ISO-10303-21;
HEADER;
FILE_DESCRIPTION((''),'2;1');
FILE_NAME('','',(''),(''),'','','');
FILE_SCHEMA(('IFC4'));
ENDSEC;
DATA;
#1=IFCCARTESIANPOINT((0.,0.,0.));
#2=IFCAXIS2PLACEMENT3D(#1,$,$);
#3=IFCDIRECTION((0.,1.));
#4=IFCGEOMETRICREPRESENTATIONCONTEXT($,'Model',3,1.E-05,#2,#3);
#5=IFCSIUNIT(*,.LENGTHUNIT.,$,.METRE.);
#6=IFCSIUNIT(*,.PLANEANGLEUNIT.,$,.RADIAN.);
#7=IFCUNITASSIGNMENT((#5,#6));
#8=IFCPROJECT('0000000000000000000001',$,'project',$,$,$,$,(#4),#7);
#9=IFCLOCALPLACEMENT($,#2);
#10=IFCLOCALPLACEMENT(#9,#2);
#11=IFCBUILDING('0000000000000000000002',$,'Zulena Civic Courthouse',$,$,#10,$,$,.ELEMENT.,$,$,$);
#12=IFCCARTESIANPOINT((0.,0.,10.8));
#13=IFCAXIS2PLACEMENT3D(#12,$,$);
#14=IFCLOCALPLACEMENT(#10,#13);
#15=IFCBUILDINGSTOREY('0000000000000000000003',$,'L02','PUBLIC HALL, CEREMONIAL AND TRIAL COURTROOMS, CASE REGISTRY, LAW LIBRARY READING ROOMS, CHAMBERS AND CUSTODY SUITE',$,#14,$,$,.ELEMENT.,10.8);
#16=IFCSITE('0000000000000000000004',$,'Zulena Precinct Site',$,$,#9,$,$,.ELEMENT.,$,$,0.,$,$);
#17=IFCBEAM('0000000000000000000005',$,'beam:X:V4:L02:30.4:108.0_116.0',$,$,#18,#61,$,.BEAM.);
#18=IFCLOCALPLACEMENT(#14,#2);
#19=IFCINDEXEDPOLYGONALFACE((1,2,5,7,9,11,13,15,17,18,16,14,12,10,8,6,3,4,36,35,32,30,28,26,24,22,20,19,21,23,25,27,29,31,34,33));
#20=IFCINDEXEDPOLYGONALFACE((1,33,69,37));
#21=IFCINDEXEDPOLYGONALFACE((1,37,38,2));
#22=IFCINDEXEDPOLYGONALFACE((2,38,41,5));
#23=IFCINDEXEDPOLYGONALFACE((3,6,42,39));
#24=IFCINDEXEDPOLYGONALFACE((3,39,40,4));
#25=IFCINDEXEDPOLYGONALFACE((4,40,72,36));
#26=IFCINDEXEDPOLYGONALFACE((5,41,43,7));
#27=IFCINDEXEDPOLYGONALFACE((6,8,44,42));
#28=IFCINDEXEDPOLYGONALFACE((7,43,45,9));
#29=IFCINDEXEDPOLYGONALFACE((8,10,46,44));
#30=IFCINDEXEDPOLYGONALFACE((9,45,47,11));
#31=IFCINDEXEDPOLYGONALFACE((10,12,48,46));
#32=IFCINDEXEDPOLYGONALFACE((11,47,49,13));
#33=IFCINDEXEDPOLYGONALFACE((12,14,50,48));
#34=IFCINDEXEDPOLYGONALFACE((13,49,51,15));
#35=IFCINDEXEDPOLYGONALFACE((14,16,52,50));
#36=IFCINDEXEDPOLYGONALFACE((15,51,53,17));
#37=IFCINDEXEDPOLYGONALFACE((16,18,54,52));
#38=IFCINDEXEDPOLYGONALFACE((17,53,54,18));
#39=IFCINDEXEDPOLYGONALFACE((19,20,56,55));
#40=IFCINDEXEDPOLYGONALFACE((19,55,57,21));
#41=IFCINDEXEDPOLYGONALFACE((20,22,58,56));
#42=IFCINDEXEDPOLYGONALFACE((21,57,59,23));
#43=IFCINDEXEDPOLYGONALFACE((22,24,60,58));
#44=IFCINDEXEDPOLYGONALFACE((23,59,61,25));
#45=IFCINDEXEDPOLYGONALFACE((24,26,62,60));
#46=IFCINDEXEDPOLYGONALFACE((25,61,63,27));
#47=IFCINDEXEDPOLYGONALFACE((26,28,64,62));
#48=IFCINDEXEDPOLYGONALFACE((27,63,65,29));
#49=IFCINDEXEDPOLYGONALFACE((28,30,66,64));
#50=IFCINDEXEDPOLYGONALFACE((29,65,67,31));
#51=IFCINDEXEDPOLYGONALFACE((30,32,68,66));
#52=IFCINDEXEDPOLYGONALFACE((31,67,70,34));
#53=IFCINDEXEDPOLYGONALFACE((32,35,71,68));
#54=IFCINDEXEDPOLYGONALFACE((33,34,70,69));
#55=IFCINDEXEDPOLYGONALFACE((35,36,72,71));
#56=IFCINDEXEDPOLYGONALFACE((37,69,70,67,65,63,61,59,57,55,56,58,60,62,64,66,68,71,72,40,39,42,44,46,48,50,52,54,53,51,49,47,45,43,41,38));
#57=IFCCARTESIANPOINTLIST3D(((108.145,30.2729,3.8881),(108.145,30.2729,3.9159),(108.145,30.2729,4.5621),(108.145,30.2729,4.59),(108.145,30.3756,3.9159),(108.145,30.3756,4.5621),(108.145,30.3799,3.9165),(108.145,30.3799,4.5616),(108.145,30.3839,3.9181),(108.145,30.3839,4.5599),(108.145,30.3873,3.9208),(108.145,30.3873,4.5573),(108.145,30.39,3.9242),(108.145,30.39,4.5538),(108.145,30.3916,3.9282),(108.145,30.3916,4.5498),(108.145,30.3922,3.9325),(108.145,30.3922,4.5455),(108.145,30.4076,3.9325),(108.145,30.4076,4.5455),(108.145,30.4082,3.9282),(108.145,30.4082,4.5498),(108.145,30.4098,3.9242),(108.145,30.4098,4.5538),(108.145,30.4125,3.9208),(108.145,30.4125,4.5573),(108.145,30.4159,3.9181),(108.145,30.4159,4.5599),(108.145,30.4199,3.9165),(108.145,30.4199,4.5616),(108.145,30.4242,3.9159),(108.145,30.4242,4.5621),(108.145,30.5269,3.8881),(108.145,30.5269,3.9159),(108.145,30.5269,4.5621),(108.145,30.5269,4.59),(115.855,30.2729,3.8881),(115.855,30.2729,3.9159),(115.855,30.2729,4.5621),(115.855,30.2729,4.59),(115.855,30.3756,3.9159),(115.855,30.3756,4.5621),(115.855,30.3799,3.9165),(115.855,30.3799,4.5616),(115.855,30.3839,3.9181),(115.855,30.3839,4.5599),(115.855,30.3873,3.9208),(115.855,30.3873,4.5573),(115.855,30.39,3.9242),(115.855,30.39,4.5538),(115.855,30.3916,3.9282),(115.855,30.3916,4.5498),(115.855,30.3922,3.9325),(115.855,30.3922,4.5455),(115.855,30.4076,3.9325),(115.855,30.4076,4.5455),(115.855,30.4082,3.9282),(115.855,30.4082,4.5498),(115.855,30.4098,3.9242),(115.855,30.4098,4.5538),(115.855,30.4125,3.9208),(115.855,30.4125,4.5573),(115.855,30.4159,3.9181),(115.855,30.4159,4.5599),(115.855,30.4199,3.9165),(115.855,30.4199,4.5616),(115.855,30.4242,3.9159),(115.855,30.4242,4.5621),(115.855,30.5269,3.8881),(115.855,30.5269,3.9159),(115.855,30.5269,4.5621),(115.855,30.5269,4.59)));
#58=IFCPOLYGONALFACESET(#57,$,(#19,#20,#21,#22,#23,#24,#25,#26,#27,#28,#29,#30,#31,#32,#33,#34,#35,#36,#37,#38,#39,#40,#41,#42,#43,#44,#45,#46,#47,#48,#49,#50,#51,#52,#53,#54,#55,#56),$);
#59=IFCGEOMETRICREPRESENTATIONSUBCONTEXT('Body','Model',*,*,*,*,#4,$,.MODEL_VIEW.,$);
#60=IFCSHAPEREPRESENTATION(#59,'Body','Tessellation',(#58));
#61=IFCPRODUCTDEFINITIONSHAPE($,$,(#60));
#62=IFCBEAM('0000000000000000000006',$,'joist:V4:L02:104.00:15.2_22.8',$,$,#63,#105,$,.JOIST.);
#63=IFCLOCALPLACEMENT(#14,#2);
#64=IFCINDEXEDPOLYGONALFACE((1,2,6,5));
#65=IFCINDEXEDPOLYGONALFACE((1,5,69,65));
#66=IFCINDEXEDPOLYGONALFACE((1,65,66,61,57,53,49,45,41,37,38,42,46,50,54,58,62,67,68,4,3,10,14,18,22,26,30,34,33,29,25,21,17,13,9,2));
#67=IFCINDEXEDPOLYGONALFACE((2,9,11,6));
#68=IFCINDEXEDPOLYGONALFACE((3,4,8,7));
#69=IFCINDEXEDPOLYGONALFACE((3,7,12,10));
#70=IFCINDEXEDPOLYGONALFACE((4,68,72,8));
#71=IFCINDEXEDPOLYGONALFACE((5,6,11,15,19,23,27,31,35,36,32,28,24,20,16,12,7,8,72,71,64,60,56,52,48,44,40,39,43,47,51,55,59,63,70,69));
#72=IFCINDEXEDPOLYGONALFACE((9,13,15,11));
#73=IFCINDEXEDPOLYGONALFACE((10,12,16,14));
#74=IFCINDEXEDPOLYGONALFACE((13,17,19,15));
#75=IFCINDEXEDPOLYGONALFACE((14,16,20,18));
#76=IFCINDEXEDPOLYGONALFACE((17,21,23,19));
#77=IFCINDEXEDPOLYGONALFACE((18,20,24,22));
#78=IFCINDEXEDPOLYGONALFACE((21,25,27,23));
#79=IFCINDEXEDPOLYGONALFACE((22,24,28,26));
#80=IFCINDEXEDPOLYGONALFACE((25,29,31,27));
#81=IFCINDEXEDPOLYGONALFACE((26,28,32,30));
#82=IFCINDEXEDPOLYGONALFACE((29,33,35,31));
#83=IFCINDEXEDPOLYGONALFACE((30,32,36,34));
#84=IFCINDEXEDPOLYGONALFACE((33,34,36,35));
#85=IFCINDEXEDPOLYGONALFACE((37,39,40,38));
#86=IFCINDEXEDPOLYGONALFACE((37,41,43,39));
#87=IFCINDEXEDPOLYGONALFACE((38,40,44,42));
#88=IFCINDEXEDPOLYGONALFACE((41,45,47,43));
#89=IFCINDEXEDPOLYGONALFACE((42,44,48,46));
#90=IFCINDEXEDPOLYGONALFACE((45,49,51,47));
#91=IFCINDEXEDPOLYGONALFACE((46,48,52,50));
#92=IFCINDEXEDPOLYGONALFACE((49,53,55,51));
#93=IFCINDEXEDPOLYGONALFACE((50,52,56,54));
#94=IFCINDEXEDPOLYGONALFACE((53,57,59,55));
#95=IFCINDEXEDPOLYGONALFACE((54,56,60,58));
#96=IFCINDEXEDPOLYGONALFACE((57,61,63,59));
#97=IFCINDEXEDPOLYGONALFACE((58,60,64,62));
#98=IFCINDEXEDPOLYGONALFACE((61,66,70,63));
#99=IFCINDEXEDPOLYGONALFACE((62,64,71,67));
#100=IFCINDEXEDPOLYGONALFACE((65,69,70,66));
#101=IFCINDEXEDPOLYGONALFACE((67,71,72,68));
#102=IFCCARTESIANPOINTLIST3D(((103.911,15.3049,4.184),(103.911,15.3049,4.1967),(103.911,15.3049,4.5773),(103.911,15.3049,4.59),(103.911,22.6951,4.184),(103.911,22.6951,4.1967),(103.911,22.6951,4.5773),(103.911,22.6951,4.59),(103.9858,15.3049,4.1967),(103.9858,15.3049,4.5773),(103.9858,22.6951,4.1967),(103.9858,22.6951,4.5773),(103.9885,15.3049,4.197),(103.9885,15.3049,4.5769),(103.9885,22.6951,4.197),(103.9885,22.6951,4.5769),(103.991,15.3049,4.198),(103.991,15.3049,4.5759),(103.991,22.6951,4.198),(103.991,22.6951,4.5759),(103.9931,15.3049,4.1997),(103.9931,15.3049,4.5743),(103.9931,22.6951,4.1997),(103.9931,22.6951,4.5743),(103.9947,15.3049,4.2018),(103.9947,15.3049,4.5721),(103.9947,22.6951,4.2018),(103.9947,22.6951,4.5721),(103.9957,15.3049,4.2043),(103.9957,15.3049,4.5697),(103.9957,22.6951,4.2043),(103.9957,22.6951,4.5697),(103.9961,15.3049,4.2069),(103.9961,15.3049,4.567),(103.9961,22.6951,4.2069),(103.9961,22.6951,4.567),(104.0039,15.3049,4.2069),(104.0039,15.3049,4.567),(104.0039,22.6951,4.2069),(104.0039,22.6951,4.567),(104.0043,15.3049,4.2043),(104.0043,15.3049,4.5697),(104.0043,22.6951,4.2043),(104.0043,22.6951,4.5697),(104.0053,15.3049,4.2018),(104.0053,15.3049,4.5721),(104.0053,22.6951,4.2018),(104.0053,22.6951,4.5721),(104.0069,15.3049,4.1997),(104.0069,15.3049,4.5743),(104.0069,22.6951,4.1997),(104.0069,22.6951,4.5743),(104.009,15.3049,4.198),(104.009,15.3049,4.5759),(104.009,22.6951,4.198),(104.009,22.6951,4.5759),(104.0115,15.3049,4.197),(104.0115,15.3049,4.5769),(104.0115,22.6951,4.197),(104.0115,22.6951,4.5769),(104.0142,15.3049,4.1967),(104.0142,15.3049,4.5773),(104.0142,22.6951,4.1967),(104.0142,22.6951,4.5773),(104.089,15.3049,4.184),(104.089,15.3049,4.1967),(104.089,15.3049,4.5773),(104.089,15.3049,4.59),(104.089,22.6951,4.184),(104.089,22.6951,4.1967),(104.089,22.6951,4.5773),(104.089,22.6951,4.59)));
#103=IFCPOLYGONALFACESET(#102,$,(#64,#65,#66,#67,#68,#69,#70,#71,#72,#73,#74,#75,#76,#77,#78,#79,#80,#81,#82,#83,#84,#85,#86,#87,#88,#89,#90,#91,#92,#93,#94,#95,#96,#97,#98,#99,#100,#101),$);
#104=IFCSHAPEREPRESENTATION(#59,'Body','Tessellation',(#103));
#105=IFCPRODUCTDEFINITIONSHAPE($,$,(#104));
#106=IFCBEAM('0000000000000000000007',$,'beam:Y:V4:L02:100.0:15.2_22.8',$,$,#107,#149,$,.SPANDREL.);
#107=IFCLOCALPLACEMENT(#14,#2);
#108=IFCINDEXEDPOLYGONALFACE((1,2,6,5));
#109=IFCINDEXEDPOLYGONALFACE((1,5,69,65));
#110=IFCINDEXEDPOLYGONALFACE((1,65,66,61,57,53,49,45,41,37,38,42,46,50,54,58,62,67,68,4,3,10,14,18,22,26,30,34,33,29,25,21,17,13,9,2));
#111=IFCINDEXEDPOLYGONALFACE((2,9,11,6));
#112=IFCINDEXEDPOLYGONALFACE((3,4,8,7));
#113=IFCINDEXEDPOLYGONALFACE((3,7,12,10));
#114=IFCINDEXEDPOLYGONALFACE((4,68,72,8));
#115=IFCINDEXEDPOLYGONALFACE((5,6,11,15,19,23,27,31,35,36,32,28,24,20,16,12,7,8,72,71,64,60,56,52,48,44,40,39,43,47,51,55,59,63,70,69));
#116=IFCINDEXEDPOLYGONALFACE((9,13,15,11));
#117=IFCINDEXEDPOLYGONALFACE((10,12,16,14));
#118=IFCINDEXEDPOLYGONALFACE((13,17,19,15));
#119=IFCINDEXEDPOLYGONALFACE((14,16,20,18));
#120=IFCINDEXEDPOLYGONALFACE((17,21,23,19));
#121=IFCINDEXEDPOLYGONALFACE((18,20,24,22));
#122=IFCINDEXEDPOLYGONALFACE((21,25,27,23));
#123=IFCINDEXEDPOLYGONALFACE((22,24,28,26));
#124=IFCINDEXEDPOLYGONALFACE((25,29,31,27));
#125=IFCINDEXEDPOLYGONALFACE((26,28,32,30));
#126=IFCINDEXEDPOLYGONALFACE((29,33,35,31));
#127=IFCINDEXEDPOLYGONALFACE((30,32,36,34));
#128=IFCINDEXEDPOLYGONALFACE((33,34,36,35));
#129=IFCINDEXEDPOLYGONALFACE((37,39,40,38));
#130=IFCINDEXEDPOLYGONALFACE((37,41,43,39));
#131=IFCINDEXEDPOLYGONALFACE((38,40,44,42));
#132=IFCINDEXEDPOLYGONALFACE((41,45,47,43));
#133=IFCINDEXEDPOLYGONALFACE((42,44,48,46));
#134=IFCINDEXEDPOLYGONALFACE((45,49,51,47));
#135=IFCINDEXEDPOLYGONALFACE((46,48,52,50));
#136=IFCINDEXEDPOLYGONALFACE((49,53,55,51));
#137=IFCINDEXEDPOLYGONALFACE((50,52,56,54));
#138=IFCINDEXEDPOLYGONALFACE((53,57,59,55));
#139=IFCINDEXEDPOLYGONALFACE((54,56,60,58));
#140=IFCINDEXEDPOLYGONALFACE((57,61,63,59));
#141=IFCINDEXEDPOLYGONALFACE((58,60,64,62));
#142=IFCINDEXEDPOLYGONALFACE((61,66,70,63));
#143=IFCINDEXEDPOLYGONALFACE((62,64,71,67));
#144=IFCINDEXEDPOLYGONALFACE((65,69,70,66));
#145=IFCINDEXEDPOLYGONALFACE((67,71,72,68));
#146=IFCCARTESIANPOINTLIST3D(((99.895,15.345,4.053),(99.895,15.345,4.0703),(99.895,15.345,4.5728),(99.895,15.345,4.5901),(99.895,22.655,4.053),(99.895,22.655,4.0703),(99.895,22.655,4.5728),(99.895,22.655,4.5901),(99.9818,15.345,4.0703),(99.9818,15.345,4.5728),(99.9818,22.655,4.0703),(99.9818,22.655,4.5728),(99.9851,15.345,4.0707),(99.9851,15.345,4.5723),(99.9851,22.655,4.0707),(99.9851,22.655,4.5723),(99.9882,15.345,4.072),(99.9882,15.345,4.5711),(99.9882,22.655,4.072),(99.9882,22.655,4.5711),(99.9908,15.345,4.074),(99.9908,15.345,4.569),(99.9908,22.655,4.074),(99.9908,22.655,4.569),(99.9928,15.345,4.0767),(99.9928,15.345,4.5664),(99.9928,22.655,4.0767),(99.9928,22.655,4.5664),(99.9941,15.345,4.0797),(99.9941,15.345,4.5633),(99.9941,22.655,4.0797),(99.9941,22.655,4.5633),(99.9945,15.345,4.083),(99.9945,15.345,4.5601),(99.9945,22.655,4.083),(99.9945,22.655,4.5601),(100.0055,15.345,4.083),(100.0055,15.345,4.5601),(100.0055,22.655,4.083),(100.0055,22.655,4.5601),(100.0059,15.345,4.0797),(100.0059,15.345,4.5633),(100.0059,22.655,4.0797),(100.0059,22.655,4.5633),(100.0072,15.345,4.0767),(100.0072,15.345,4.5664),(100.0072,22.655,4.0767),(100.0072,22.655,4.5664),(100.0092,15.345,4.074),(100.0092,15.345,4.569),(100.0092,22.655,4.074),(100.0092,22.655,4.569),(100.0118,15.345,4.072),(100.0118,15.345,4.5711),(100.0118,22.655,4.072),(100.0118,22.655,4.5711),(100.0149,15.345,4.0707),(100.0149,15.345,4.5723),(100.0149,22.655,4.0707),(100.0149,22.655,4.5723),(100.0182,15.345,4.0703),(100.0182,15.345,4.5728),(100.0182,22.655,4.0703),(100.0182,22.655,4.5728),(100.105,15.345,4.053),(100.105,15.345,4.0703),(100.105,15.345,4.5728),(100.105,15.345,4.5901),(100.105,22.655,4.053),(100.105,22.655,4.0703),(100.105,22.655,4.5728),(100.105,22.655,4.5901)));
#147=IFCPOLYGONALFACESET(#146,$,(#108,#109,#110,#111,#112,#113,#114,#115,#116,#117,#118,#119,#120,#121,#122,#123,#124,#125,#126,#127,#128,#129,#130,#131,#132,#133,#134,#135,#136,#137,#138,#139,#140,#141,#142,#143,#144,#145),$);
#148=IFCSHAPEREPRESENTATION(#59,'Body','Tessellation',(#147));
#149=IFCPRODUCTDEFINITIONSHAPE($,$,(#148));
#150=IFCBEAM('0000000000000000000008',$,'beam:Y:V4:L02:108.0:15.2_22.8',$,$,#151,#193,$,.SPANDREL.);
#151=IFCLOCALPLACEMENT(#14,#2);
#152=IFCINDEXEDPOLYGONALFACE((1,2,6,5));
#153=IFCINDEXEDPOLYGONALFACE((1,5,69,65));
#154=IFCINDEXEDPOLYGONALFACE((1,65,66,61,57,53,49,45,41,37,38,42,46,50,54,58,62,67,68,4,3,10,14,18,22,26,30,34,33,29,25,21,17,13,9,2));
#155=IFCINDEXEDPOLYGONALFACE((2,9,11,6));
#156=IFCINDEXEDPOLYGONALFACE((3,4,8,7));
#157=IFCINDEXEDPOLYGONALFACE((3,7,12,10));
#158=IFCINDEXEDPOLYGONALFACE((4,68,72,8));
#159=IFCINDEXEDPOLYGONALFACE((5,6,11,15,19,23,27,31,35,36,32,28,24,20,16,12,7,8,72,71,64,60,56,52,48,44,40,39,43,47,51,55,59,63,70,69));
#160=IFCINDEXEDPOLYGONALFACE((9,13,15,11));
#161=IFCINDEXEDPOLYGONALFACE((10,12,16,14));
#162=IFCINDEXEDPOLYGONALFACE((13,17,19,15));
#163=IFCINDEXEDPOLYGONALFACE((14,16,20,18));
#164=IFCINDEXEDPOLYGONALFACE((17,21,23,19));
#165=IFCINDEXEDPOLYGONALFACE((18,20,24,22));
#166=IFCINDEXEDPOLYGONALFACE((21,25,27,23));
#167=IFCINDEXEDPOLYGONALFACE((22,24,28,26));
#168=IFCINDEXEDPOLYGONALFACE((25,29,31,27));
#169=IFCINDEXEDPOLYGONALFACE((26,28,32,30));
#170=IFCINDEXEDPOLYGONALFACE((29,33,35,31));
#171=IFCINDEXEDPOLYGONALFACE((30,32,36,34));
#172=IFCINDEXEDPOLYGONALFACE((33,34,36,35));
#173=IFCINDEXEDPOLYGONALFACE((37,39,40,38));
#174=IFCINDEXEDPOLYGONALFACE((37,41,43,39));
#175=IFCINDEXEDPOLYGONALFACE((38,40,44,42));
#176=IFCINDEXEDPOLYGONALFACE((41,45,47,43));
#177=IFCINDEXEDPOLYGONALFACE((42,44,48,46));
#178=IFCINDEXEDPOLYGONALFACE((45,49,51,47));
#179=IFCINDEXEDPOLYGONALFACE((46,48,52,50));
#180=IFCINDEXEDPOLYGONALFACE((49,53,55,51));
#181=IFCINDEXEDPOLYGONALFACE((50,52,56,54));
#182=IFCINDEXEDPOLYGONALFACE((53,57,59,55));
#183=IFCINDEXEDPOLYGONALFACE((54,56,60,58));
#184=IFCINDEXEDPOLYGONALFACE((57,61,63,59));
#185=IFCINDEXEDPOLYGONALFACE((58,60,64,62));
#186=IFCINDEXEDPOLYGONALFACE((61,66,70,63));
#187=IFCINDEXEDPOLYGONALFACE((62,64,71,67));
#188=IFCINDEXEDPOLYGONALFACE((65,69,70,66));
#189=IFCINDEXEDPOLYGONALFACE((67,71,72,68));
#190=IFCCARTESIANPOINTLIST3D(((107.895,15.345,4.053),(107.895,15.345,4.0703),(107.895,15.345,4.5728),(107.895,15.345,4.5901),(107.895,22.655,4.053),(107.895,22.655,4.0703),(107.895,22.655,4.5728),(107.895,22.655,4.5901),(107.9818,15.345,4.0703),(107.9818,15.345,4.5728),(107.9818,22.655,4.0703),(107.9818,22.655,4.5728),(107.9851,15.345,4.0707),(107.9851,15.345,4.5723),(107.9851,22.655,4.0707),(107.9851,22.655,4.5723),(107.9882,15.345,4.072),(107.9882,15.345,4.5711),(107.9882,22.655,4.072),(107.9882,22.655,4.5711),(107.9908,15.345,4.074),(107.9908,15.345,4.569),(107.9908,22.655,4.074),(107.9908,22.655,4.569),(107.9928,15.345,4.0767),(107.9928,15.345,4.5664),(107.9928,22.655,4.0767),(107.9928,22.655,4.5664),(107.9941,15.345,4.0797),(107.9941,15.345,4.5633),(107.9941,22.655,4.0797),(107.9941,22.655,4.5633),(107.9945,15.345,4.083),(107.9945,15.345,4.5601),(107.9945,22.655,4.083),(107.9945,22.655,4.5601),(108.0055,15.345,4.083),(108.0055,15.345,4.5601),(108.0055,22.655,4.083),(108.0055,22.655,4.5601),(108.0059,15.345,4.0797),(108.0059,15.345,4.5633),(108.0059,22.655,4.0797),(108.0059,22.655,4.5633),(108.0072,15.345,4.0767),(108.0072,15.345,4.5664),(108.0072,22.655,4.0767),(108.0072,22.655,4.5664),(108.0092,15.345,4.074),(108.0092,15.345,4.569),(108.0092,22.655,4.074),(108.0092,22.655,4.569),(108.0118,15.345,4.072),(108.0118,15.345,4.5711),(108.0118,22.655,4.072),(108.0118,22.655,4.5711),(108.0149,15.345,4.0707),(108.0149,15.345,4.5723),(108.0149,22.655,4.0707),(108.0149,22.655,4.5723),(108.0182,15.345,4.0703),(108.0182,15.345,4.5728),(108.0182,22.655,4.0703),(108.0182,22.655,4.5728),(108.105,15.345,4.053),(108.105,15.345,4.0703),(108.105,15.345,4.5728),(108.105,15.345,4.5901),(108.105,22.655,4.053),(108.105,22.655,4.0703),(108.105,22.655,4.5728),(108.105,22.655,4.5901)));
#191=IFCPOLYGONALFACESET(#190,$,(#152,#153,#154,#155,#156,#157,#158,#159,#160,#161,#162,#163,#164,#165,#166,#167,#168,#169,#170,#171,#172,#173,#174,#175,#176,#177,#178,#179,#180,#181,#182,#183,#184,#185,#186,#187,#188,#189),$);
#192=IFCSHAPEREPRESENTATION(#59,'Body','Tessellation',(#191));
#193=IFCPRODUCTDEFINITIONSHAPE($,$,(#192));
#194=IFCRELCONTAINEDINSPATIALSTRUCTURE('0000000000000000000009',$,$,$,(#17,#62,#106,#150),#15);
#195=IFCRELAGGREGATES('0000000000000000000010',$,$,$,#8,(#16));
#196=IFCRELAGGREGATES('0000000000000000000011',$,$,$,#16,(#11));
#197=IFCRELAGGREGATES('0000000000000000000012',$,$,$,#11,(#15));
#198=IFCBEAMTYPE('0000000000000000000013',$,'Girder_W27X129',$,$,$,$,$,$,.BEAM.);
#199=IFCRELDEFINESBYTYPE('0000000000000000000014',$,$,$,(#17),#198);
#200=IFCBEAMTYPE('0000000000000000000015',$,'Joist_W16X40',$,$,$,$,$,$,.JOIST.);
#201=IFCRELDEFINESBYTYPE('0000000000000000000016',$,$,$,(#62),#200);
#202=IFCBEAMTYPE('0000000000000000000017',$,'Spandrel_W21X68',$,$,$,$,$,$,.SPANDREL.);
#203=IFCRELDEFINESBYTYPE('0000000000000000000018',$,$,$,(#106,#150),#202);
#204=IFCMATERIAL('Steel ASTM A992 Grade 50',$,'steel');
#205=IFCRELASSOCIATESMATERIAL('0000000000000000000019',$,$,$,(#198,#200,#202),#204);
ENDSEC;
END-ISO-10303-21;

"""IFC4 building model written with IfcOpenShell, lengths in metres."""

from ifc_helpers import new_model, si_unit, direction, frame, origin, origin_2d, place, context, subcontext, project, spatial, i_section, extrude, material, material_profile, profile_set, type_object, element, save


model = new_model("IFC4")

# Units and contexts
model_context = context("Model", 3, precision=1e-05, world=origin(), true_north=direction((0.0, 1.0)))
body_context = subcontext(model_context, "Body", "Model", "MODEL_VIEW")
ifc_project = project(units=[si_unit("LENGTHUNIT", "METRE"), si_unit("PLANEANGLEUNIT", "RADIAN")], contexts=[model_context])

# Site, building, storey
site_placement = place(None, origin())
site = spatial("IfcSite", under=ifc_project, at=site_placement, Name="Zulena Precinct Site", CompositionType="ELEMENT", RefElevation=0.0)
building_placement = place(site_placement, origin())
building = spatial("IfcBuilding", under=site, at=building_placement, Name="Zulena Civic Courthouse", CompositionType="ELEMENT")
storey_placement = place(building_placement, frame((0.0, 0.0, 10.8)))
storey = spatial("IfcBuildingStorey", under=building, at=storey_placement, Name="L02", Description="PUBLIC HALL, CEREMONIAL AND TRIAL COURTROOMS, CASE REGISTRY, LAW LIBRARY READING ROOMS, CHAMBERS AND CUSTODY SUITE", CompositionType="ELEMENT", Elevation=10.8)

# Shared definitions
ifc_material_1 = material(Name="Steel ASTM A992 Grade 50", Category="steel")

# Beams
ifc_material_profile_1 = material_profile(ifc_material_1, i_section(OverallWidth=0.2539, OverallDepth=0.7019, WebThickness=0.0154, FlangeThickness=0.0278, FilletRadius=0.0166, at=origin_2d()), Name="W27X129")
ifc_profile_set_1 = profile_set([ifc_material_profile_1], Name="Steel ASTM A992 Grade 50")
beam_type_1 = type_object("IfcBeamType", Name="Girder_W27X129", PredefinedType="BEAM", material=ifc_profile_set_1)
for number, where, z_axis, x_axis, name in (
    (1, (108.145, 30.3999, 4.239), (1.0, 0.0, 0.0), (0.0, 1.0, 0.0), "beam:X:V4:L02:30.4:108.0_116.0"),
):
    element("IfcBeam", number, at=place(storey_placement, frame(where, z_axis=z_axis, x_axis=x_axis)), inside=storey, type_object=beam_type_1, Name=name, PredefinedType="BEAM", context=body_context, shape_type="SweptSolid", body=[
        extrude(i_section(OverallWidth=0.2539, OverallDepth=0.7019, WebThickness=0.0154, FlangeThickness=0.0278, FilletRadius=0.0166, at=origin_2d()), origin(), (0.0, 0.0, 1.0), 7.71),
    ])
ifc_material_profile_2 = material_profile(ifc_material_1, i_section(OverallWidth=0.178, OverallDepth=0.406, WebThickness=0.0078, FlangeThickness=0.0127, FilletRadius=0.0103, at=origin_2d()), Name="W16X40")
ifc_profile_set_2 = profile_set([ifc_material_profile_2], Name="Steel ASTM A992 Grade 50")
beam_type_2 = type_object("IfcBeamType", Name="Joist_W16X40", PredefinedType="JOIST", material=ifc_profile_set_2)
beam_1_placement = place(storey_placement, frame((104.0, 15.3049, 4.387), z_axis=(0.0, 1.0, 0.0), x_axis=(-1.0, 0.0, 0.0)))
element("IfcBeam", 2, at=beam_1_placement, inside=storey, type_object=beam_type_2, Name="joist:V4:L02:104.00:15.2_22.8", PredefinedType="JOIST", context=body_context, shape_type="SweptSolid", body=[
    extrude(i_section(OverallWidth=0.178, OverallDepth=0.406, WebThickness=0.0078, FlangeThickness=0.0127, FilletRadius=0.0103, at=origin_2d()), origin(), (0.0, 0.0, 1.0), 7.3901),
])
ifc_material_profile_3 = material_profile(ifc_material_1, i_section(OverallWidth=0.21, OverallDepth=0.5371, WebThickness=0.011, FlangeThickness=0.0173, FilletRadius=0.0127, at=origin_2d()), Name="W21X68")
ifc_profile_set_3 = profile_set([ifc_material_profile_3], Name="Steel ASTM A992 Grade 50")
beam_type_3 = type_object("IfcBeamType", Name="Spandrel_W21X68", PredefinedType="SPANDREL", material=ifc_profile_set_3)
for number, where, z_axis, x_axis, name in (
    (3, (100.0, 15.345, 4.3215), (0.0, 1.0, 0.0), (-1.0, 0.0, 0.0), "beam:Y:V4:L02:100.0:15.2_22.8"),
    (4, (108.0, 15.345, 4.3215), (0.0, 1.0, 0.0), (-1.0, 0.0, 0.0), "beam:Y:V4:L02:108.0:15.2_22.8"),
):
    element("IfcBeam", number, at=place(storey_placement, frame(where, z_axis=z_axis, x_axis=x_axis)), inside=storey, type_object=beam_type_3, Name=name, PredefinedType="SPANDREL", context=body_context, shape_type="SweptSolid", body=[
        extrude(i_section(OverallWidth=0.21, OverallDepth=0.5371, WebThickness=0.011, FlangeThickness=0.0173, FilletRadius=0.0127, at=origin_2d()), origin(), (0.0, 0.0, 1.0), 7.3101),
    ])

save(model, "model.ifc")
